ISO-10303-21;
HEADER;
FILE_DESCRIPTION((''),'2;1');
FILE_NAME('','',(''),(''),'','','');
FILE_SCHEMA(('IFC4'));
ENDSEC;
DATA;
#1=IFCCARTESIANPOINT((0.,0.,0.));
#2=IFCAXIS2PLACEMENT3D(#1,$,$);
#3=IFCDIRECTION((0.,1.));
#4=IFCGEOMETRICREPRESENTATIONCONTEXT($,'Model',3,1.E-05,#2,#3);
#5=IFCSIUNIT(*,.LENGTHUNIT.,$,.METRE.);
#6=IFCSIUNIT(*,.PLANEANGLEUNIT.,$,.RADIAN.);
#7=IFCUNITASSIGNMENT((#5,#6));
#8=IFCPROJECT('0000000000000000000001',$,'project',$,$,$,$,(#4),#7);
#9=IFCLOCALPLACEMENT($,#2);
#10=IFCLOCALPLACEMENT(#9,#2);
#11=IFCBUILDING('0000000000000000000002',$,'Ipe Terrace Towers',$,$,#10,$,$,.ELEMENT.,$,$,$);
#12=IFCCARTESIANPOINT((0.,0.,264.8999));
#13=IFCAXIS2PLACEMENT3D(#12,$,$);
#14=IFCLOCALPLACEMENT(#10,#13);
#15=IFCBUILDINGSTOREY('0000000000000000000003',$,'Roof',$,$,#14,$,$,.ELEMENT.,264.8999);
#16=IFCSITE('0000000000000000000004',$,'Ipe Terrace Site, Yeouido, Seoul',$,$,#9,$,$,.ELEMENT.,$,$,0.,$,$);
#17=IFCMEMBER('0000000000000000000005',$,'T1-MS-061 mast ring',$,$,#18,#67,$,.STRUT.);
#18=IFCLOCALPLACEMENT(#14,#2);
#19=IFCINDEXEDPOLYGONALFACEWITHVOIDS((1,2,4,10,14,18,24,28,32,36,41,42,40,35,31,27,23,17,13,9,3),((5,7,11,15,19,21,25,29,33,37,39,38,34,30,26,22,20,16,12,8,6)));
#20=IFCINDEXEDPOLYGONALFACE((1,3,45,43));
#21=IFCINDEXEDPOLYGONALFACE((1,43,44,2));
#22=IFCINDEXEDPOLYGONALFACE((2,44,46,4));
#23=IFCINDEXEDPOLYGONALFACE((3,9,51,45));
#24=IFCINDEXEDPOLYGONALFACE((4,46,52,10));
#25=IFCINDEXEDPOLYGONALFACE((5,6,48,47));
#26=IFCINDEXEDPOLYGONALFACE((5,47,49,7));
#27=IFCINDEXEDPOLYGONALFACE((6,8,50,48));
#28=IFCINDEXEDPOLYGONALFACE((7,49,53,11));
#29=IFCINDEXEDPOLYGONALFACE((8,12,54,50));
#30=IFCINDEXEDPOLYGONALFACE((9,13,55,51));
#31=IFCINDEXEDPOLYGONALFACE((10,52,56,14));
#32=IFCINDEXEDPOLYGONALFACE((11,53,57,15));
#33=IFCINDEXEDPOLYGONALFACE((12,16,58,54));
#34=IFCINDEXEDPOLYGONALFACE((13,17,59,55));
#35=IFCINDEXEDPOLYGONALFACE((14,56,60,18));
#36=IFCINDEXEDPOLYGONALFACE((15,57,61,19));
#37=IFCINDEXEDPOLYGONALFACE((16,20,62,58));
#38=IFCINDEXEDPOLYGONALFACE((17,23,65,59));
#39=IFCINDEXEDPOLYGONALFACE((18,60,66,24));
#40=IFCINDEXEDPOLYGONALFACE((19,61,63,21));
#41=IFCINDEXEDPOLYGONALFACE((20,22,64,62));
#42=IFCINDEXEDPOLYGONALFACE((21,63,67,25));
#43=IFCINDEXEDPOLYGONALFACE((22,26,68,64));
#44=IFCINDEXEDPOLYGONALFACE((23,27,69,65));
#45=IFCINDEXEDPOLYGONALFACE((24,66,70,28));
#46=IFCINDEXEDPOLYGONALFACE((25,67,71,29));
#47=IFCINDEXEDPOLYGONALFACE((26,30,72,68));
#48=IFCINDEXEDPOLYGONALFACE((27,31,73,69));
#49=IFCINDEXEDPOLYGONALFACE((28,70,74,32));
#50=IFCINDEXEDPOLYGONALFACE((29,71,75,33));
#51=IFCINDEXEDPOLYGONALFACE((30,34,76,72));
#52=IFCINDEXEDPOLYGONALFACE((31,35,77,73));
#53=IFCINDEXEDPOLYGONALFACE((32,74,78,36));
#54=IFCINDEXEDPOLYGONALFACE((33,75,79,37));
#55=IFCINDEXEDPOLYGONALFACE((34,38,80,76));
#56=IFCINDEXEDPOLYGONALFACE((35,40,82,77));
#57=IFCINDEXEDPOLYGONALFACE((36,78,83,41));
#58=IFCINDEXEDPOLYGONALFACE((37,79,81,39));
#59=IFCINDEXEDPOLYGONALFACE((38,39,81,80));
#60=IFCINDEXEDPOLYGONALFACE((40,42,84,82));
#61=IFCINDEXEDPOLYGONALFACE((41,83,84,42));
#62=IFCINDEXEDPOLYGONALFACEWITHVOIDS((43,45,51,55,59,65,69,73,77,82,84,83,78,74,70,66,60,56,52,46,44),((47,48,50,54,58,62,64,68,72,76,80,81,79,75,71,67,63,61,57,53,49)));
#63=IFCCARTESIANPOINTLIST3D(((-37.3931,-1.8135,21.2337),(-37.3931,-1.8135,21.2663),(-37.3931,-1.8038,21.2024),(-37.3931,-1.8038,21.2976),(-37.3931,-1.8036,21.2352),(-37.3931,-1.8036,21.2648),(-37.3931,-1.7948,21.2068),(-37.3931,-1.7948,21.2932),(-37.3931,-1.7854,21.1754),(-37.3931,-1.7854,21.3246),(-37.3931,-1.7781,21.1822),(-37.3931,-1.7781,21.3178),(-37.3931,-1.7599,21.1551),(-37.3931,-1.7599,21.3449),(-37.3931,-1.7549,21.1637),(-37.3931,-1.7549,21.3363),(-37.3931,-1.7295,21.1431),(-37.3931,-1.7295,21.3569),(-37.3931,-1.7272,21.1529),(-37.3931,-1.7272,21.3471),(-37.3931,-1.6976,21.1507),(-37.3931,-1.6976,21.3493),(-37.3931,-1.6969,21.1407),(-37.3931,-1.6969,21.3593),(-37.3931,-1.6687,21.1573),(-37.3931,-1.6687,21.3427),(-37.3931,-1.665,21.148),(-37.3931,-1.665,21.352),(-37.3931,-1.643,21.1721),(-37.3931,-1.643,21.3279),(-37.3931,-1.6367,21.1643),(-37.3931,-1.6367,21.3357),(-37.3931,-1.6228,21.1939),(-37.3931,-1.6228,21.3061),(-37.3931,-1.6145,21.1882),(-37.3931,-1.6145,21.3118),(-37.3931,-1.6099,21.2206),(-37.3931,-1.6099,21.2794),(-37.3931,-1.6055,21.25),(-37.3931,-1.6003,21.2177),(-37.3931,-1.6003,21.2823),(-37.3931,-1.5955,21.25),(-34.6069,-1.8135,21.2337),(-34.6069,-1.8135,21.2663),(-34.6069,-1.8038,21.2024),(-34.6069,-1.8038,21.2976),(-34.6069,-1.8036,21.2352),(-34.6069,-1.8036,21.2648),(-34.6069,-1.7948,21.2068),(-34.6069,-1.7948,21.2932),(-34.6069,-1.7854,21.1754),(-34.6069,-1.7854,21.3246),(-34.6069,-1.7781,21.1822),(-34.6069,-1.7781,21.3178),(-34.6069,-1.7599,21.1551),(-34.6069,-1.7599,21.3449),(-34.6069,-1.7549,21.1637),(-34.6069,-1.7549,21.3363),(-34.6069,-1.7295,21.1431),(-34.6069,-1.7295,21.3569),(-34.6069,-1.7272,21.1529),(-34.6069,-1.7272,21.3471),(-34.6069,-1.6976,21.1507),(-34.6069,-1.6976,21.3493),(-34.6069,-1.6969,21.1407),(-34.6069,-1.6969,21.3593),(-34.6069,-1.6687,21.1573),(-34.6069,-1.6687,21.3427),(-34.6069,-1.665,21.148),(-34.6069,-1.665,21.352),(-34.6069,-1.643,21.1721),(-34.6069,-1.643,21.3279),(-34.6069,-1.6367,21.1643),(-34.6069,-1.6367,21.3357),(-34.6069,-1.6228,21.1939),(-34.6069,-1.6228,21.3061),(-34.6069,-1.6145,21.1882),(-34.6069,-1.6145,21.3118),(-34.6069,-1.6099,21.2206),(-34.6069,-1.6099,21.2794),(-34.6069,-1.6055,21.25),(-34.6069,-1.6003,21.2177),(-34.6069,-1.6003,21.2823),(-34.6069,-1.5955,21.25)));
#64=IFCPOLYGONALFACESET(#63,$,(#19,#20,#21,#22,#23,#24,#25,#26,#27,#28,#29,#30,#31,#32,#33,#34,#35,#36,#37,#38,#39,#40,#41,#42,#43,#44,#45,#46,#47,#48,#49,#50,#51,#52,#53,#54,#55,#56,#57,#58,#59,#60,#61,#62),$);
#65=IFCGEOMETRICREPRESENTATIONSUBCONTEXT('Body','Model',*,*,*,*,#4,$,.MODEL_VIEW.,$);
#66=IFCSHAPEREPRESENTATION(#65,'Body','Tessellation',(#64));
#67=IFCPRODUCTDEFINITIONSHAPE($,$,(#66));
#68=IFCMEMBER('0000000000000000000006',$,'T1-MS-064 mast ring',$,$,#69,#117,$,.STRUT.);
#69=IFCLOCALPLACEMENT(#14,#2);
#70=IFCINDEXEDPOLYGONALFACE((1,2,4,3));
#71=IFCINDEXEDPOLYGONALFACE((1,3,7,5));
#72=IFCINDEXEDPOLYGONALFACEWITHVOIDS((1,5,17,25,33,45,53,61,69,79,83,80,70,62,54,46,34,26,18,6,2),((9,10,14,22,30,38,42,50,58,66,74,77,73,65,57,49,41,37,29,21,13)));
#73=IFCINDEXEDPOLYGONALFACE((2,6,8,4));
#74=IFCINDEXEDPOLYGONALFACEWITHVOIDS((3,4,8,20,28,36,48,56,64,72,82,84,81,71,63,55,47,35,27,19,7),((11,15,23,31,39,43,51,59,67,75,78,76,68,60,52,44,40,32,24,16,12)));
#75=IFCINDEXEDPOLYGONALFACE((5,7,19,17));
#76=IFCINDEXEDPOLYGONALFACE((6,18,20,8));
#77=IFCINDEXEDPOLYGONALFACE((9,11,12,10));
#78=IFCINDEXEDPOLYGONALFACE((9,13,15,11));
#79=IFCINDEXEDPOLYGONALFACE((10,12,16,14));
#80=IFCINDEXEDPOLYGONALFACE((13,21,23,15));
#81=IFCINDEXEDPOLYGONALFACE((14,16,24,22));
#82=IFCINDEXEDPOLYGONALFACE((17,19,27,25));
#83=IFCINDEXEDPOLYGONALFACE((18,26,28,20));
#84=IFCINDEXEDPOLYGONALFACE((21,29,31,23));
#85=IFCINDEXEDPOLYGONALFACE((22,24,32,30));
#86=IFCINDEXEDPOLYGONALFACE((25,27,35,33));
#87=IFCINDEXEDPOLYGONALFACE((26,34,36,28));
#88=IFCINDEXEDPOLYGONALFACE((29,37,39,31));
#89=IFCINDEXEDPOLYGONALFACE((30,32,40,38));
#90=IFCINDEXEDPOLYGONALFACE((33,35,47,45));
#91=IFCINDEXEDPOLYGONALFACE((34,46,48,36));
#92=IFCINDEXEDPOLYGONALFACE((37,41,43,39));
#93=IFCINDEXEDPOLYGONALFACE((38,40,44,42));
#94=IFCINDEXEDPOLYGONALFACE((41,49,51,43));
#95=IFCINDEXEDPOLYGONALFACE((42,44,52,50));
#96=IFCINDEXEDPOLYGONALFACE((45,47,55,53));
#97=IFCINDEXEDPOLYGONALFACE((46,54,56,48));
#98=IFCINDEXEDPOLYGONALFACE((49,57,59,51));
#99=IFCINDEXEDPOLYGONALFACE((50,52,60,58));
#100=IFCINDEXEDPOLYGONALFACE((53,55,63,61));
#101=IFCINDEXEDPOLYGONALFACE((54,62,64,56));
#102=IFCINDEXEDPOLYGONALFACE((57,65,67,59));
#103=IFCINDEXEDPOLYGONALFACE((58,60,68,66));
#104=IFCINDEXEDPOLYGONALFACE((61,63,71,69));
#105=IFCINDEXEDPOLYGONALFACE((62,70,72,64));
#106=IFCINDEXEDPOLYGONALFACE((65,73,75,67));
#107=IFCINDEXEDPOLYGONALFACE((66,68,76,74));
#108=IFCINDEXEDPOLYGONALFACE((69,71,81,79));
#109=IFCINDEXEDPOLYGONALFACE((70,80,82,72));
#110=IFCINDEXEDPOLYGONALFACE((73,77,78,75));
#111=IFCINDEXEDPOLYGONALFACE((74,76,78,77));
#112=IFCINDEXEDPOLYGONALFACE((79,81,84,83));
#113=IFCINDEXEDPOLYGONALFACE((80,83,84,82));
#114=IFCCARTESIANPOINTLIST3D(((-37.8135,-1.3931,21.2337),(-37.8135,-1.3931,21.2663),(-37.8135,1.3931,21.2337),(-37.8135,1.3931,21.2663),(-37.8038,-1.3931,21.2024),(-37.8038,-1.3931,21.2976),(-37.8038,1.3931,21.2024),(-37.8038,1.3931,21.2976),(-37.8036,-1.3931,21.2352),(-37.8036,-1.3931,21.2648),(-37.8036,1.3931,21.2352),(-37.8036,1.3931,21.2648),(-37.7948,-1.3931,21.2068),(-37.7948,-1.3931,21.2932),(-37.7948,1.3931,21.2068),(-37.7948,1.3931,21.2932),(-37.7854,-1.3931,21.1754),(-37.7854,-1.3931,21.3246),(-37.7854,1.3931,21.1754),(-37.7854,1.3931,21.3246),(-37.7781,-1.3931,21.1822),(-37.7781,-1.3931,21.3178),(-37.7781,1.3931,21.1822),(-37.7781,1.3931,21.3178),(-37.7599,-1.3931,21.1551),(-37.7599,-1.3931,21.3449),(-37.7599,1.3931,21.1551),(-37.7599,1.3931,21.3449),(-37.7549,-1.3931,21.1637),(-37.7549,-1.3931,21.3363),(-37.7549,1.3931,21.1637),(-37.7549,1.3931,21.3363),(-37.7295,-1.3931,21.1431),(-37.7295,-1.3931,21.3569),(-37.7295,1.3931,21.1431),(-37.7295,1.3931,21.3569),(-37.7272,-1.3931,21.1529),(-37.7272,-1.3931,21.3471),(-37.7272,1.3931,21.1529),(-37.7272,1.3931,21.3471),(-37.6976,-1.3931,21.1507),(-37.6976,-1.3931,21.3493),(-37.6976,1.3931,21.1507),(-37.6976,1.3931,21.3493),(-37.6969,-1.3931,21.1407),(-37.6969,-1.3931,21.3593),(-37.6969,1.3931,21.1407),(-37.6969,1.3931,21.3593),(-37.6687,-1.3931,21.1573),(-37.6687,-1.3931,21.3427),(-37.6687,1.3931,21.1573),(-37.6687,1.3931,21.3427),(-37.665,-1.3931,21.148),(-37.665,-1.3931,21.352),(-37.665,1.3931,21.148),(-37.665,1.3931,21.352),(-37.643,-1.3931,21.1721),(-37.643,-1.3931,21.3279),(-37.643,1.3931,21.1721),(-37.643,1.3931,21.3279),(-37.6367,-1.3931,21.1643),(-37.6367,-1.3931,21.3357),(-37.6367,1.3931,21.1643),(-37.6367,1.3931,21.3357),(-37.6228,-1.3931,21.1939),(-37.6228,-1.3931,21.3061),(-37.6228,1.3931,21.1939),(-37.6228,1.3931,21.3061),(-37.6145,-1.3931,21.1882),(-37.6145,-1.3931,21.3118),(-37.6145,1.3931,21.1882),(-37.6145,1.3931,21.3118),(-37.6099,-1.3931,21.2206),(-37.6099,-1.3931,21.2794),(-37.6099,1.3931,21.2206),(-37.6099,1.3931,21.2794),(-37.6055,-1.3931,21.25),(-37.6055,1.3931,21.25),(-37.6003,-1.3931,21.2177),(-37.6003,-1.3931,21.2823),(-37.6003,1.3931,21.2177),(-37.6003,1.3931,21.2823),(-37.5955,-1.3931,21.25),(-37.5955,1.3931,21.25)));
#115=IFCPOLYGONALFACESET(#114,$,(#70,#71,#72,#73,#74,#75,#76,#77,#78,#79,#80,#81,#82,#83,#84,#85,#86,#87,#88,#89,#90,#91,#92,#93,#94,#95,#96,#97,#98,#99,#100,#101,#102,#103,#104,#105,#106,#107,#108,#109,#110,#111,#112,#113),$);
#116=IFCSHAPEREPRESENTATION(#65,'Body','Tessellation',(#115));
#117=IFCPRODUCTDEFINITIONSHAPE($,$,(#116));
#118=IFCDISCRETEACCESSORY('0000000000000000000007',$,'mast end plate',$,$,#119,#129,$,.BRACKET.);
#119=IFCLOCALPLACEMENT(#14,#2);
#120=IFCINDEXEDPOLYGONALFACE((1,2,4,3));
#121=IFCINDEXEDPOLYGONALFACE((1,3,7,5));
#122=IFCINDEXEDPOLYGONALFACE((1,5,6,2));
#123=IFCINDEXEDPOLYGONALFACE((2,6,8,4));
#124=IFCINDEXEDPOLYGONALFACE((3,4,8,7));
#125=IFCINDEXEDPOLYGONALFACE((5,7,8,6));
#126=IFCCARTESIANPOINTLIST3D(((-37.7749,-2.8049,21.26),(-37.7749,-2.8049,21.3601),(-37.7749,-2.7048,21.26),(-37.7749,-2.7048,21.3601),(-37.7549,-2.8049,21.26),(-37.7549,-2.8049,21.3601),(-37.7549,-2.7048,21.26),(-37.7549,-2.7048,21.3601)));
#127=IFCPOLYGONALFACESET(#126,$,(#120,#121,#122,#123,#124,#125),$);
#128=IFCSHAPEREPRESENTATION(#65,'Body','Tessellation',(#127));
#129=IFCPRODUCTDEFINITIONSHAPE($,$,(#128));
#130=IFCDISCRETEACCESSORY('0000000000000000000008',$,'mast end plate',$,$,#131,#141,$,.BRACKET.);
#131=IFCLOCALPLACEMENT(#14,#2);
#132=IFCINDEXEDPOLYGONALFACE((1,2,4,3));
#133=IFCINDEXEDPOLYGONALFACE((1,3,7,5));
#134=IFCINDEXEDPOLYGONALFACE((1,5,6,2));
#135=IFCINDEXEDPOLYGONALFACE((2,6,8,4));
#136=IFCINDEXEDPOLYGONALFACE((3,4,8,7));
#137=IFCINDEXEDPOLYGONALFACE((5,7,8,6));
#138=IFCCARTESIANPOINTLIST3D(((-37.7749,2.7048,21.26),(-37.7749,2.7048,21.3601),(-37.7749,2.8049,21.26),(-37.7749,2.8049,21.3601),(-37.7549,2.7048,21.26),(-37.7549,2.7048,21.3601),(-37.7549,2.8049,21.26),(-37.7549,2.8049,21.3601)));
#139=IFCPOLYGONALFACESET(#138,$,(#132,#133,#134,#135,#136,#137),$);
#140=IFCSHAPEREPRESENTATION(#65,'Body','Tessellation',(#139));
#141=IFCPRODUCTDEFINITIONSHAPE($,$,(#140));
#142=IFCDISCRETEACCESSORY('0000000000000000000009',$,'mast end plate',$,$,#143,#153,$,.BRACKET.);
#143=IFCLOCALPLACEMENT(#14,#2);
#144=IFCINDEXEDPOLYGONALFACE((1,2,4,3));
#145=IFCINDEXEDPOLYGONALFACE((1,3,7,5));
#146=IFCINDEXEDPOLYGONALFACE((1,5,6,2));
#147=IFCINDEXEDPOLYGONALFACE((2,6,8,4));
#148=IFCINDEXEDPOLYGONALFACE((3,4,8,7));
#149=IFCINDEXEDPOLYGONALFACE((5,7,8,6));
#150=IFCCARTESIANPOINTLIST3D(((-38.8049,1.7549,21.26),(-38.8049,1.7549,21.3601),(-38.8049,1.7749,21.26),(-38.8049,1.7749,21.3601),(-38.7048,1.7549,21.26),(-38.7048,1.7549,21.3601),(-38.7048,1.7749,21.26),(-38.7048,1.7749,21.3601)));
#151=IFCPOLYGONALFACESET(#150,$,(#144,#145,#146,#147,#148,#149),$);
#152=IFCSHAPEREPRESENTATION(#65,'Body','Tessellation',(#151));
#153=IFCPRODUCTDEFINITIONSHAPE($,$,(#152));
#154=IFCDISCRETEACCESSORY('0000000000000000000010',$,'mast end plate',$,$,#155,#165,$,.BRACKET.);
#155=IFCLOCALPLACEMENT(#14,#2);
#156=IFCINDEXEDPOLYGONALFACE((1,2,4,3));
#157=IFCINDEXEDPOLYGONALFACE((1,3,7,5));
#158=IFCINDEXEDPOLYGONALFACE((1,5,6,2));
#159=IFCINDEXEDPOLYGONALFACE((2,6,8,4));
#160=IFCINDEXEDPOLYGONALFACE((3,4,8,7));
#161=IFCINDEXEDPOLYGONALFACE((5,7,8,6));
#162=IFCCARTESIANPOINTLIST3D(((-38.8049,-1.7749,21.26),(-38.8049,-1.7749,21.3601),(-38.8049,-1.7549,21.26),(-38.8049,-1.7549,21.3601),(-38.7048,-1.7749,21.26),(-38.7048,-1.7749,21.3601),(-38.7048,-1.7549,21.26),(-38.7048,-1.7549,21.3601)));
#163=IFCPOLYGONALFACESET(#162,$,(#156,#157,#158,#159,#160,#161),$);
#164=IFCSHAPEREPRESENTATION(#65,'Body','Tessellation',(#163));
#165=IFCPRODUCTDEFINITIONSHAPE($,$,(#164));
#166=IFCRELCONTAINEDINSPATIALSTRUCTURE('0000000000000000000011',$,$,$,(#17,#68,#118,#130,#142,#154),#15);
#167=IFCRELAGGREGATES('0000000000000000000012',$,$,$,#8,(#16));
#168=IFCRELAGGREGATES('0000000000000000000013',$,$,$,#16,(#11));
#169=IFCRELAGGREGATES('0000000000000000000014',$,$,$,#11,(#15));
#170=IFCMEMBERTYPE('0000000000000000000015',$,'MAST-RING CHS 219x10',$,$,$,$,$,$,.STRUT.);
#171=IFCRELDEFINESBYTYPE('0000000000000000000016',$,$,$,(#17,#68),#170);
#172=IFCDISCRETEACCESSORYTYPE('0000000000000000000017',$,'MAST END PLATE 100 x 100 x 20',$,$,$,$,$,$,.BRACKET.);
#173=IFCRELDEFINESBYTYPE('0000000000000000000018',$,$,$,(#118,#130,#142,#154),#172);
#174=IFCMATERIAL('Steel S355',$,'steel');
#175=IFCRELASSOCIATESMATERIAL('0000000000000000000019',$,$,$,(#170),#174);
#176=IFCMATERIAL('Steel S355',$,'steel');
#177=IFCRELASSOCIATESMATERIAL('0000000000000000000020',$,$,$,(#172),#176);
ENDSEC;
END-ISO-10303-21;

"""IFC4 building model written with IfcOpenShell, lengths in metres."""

from ifc_helpers import new_model, si_unit, direction, frame, origin, origin_2d, place, context, subcontext, project, spatial, rectangle, hollow_circle, extrude, material, material_profile, profile_set, type_object, element, save


model = new_model("IFC4")

# Units and contexts
model_context = context("Model", 3, precision=1e-05, world=origin(), true_north=direction((0.0, 1.0)))
body_context = subcontext(model_context, "Body", "Model", "MODEL_VIEW")
ifc_project = project(units=[si_unit("LENGTHUNIT", "METRE"), si_unit("PLANEANGLEUNIT", "RADIAN")], contexts=[model_context])

# Site, building, storey
site_placement = place(None, origin())
site = spatial("IfcSite", under=ifc_project, at=site_placement, Name="Ipe Terrace Site, Yeouido, Seoul", CompositionType="ELEMENT", RefElevation=0.0)
building_placement = place(site_placement, origin())
building = spatial("IfcBuilding", under=site, at=building_placement, Name="Ipe Terrace Towers", CompositionType="ELEMENT")
storey_placement = place(building_placement, frame((0.0, 0.0, 264.8999)))
storey = spatial("IfcBuildingStorey", under=building, at=storey_placement, Name="Roof", CompositionType="ELEMENT", Elevation=264.8999)

# Members
ifc_material_1 = material(Name="Steel S355", Category="steel")
ifc_material_profile_1 = material_profile(ifc_material_1, hollow_circle(Radius=0.1096, WallThickness=0.01, at=origin_2d()), Name="MAST-RING CHS 219x10")
ifc_profile_set_1 = profile_set([ifc_material_profile_1], Name="Steel S355")
member_type_1 = type_object("IfcMemberType", Name="MAST-RING CHS 219x10", PredefinedType="STRUT", material=ifc_profile_set_1)
for number, where, z_axis, x_axis, name in (
    (1, (-37.3931, -1.7051, 21.25), (1.0, 0.0, 0.0), (0.0, 1.0, 0.0), "T1-MS-061 mast ring"),
    (2, (-37.7051, 1.3931, 21.25), (0.0, -1.0, 0.0), (1.0, 0.0, 0.0), "T1-MS-064 mast ring"),
):
    element("IfcMember", number, at=place(storey_placement, frame(where, z_axis=z_axis, x_axis=x_axis)), inside=storey, type_object=member_type_1, Name=name, PredefinedType="STRUT", context=body_context, shape_type="SweptSolid", body=[
        extrude(hollow_circle(Radius=0.1096, WallThickness=0.01, at=origin_2d()), origin(), (0.0, 0.0, 1.0), 2.7861),
    ])

# Discrete accessories
ifc_material_2 = material(Name="Steel S355", Category="steel")
ifc_material_profile_2 = material_profile(ifc_material_2, rectangle(XDim=0.1001, YDim=0.1001, at=origin_2d()), Name="MAST END PLATE 100 x 100 x 20")
ifc_profile_set_2 = profile_set([ifc_material_profile_2], Name="Steel S355")
discrete_accessory_type = type_object("IfcDiscreteAccessoryType", Name="MAST END PLATE 100 x 100 x 20", PredefinedType="BRACKET", material=ifc_profile_set_2)
for number, where, z_axis, x_axis, name in (
    (3, (-37.7549, -2.7549, 21.3101), (-1.0, 0.0, 0.0), (0.0, -1.0, 0.0), "mast end plate"),
    (4, (-37.7549, 2.7549, 21.3101), (-1.0, 0.0, 0.0), (0.0, -1.0, 0.0), "mast end plate"),
    (5, (-38.7549, 1.7549, 21.3101), (0.0, 1.0, 0.0), (-1.0, 0.0, 0.0), "mast end plate"),
    (6, (-38.7549, -1.7549, 21.3101), (0.0, -1.0, 0.0), (1.0, 0.0, 0.0), "mast end plate"),
):
    element("IfcDiscreteAccessory", number, at=place(storey_placement, frame(where, z_axis=z_axis, x_axis=x_axis)), inside=storey, type_object=discrete_accessory_type, Name=name, PredefinedType="BRACKET", context=body_context, shape_type="SweptSolid", body=[
        extrude(rectangle(XDim=0.1001, YDim=0.1001, at=origin_2d()), origin(), (0.0, 0.0, 1.0), 0.02),
    ])

save(model, "model.ifc")
